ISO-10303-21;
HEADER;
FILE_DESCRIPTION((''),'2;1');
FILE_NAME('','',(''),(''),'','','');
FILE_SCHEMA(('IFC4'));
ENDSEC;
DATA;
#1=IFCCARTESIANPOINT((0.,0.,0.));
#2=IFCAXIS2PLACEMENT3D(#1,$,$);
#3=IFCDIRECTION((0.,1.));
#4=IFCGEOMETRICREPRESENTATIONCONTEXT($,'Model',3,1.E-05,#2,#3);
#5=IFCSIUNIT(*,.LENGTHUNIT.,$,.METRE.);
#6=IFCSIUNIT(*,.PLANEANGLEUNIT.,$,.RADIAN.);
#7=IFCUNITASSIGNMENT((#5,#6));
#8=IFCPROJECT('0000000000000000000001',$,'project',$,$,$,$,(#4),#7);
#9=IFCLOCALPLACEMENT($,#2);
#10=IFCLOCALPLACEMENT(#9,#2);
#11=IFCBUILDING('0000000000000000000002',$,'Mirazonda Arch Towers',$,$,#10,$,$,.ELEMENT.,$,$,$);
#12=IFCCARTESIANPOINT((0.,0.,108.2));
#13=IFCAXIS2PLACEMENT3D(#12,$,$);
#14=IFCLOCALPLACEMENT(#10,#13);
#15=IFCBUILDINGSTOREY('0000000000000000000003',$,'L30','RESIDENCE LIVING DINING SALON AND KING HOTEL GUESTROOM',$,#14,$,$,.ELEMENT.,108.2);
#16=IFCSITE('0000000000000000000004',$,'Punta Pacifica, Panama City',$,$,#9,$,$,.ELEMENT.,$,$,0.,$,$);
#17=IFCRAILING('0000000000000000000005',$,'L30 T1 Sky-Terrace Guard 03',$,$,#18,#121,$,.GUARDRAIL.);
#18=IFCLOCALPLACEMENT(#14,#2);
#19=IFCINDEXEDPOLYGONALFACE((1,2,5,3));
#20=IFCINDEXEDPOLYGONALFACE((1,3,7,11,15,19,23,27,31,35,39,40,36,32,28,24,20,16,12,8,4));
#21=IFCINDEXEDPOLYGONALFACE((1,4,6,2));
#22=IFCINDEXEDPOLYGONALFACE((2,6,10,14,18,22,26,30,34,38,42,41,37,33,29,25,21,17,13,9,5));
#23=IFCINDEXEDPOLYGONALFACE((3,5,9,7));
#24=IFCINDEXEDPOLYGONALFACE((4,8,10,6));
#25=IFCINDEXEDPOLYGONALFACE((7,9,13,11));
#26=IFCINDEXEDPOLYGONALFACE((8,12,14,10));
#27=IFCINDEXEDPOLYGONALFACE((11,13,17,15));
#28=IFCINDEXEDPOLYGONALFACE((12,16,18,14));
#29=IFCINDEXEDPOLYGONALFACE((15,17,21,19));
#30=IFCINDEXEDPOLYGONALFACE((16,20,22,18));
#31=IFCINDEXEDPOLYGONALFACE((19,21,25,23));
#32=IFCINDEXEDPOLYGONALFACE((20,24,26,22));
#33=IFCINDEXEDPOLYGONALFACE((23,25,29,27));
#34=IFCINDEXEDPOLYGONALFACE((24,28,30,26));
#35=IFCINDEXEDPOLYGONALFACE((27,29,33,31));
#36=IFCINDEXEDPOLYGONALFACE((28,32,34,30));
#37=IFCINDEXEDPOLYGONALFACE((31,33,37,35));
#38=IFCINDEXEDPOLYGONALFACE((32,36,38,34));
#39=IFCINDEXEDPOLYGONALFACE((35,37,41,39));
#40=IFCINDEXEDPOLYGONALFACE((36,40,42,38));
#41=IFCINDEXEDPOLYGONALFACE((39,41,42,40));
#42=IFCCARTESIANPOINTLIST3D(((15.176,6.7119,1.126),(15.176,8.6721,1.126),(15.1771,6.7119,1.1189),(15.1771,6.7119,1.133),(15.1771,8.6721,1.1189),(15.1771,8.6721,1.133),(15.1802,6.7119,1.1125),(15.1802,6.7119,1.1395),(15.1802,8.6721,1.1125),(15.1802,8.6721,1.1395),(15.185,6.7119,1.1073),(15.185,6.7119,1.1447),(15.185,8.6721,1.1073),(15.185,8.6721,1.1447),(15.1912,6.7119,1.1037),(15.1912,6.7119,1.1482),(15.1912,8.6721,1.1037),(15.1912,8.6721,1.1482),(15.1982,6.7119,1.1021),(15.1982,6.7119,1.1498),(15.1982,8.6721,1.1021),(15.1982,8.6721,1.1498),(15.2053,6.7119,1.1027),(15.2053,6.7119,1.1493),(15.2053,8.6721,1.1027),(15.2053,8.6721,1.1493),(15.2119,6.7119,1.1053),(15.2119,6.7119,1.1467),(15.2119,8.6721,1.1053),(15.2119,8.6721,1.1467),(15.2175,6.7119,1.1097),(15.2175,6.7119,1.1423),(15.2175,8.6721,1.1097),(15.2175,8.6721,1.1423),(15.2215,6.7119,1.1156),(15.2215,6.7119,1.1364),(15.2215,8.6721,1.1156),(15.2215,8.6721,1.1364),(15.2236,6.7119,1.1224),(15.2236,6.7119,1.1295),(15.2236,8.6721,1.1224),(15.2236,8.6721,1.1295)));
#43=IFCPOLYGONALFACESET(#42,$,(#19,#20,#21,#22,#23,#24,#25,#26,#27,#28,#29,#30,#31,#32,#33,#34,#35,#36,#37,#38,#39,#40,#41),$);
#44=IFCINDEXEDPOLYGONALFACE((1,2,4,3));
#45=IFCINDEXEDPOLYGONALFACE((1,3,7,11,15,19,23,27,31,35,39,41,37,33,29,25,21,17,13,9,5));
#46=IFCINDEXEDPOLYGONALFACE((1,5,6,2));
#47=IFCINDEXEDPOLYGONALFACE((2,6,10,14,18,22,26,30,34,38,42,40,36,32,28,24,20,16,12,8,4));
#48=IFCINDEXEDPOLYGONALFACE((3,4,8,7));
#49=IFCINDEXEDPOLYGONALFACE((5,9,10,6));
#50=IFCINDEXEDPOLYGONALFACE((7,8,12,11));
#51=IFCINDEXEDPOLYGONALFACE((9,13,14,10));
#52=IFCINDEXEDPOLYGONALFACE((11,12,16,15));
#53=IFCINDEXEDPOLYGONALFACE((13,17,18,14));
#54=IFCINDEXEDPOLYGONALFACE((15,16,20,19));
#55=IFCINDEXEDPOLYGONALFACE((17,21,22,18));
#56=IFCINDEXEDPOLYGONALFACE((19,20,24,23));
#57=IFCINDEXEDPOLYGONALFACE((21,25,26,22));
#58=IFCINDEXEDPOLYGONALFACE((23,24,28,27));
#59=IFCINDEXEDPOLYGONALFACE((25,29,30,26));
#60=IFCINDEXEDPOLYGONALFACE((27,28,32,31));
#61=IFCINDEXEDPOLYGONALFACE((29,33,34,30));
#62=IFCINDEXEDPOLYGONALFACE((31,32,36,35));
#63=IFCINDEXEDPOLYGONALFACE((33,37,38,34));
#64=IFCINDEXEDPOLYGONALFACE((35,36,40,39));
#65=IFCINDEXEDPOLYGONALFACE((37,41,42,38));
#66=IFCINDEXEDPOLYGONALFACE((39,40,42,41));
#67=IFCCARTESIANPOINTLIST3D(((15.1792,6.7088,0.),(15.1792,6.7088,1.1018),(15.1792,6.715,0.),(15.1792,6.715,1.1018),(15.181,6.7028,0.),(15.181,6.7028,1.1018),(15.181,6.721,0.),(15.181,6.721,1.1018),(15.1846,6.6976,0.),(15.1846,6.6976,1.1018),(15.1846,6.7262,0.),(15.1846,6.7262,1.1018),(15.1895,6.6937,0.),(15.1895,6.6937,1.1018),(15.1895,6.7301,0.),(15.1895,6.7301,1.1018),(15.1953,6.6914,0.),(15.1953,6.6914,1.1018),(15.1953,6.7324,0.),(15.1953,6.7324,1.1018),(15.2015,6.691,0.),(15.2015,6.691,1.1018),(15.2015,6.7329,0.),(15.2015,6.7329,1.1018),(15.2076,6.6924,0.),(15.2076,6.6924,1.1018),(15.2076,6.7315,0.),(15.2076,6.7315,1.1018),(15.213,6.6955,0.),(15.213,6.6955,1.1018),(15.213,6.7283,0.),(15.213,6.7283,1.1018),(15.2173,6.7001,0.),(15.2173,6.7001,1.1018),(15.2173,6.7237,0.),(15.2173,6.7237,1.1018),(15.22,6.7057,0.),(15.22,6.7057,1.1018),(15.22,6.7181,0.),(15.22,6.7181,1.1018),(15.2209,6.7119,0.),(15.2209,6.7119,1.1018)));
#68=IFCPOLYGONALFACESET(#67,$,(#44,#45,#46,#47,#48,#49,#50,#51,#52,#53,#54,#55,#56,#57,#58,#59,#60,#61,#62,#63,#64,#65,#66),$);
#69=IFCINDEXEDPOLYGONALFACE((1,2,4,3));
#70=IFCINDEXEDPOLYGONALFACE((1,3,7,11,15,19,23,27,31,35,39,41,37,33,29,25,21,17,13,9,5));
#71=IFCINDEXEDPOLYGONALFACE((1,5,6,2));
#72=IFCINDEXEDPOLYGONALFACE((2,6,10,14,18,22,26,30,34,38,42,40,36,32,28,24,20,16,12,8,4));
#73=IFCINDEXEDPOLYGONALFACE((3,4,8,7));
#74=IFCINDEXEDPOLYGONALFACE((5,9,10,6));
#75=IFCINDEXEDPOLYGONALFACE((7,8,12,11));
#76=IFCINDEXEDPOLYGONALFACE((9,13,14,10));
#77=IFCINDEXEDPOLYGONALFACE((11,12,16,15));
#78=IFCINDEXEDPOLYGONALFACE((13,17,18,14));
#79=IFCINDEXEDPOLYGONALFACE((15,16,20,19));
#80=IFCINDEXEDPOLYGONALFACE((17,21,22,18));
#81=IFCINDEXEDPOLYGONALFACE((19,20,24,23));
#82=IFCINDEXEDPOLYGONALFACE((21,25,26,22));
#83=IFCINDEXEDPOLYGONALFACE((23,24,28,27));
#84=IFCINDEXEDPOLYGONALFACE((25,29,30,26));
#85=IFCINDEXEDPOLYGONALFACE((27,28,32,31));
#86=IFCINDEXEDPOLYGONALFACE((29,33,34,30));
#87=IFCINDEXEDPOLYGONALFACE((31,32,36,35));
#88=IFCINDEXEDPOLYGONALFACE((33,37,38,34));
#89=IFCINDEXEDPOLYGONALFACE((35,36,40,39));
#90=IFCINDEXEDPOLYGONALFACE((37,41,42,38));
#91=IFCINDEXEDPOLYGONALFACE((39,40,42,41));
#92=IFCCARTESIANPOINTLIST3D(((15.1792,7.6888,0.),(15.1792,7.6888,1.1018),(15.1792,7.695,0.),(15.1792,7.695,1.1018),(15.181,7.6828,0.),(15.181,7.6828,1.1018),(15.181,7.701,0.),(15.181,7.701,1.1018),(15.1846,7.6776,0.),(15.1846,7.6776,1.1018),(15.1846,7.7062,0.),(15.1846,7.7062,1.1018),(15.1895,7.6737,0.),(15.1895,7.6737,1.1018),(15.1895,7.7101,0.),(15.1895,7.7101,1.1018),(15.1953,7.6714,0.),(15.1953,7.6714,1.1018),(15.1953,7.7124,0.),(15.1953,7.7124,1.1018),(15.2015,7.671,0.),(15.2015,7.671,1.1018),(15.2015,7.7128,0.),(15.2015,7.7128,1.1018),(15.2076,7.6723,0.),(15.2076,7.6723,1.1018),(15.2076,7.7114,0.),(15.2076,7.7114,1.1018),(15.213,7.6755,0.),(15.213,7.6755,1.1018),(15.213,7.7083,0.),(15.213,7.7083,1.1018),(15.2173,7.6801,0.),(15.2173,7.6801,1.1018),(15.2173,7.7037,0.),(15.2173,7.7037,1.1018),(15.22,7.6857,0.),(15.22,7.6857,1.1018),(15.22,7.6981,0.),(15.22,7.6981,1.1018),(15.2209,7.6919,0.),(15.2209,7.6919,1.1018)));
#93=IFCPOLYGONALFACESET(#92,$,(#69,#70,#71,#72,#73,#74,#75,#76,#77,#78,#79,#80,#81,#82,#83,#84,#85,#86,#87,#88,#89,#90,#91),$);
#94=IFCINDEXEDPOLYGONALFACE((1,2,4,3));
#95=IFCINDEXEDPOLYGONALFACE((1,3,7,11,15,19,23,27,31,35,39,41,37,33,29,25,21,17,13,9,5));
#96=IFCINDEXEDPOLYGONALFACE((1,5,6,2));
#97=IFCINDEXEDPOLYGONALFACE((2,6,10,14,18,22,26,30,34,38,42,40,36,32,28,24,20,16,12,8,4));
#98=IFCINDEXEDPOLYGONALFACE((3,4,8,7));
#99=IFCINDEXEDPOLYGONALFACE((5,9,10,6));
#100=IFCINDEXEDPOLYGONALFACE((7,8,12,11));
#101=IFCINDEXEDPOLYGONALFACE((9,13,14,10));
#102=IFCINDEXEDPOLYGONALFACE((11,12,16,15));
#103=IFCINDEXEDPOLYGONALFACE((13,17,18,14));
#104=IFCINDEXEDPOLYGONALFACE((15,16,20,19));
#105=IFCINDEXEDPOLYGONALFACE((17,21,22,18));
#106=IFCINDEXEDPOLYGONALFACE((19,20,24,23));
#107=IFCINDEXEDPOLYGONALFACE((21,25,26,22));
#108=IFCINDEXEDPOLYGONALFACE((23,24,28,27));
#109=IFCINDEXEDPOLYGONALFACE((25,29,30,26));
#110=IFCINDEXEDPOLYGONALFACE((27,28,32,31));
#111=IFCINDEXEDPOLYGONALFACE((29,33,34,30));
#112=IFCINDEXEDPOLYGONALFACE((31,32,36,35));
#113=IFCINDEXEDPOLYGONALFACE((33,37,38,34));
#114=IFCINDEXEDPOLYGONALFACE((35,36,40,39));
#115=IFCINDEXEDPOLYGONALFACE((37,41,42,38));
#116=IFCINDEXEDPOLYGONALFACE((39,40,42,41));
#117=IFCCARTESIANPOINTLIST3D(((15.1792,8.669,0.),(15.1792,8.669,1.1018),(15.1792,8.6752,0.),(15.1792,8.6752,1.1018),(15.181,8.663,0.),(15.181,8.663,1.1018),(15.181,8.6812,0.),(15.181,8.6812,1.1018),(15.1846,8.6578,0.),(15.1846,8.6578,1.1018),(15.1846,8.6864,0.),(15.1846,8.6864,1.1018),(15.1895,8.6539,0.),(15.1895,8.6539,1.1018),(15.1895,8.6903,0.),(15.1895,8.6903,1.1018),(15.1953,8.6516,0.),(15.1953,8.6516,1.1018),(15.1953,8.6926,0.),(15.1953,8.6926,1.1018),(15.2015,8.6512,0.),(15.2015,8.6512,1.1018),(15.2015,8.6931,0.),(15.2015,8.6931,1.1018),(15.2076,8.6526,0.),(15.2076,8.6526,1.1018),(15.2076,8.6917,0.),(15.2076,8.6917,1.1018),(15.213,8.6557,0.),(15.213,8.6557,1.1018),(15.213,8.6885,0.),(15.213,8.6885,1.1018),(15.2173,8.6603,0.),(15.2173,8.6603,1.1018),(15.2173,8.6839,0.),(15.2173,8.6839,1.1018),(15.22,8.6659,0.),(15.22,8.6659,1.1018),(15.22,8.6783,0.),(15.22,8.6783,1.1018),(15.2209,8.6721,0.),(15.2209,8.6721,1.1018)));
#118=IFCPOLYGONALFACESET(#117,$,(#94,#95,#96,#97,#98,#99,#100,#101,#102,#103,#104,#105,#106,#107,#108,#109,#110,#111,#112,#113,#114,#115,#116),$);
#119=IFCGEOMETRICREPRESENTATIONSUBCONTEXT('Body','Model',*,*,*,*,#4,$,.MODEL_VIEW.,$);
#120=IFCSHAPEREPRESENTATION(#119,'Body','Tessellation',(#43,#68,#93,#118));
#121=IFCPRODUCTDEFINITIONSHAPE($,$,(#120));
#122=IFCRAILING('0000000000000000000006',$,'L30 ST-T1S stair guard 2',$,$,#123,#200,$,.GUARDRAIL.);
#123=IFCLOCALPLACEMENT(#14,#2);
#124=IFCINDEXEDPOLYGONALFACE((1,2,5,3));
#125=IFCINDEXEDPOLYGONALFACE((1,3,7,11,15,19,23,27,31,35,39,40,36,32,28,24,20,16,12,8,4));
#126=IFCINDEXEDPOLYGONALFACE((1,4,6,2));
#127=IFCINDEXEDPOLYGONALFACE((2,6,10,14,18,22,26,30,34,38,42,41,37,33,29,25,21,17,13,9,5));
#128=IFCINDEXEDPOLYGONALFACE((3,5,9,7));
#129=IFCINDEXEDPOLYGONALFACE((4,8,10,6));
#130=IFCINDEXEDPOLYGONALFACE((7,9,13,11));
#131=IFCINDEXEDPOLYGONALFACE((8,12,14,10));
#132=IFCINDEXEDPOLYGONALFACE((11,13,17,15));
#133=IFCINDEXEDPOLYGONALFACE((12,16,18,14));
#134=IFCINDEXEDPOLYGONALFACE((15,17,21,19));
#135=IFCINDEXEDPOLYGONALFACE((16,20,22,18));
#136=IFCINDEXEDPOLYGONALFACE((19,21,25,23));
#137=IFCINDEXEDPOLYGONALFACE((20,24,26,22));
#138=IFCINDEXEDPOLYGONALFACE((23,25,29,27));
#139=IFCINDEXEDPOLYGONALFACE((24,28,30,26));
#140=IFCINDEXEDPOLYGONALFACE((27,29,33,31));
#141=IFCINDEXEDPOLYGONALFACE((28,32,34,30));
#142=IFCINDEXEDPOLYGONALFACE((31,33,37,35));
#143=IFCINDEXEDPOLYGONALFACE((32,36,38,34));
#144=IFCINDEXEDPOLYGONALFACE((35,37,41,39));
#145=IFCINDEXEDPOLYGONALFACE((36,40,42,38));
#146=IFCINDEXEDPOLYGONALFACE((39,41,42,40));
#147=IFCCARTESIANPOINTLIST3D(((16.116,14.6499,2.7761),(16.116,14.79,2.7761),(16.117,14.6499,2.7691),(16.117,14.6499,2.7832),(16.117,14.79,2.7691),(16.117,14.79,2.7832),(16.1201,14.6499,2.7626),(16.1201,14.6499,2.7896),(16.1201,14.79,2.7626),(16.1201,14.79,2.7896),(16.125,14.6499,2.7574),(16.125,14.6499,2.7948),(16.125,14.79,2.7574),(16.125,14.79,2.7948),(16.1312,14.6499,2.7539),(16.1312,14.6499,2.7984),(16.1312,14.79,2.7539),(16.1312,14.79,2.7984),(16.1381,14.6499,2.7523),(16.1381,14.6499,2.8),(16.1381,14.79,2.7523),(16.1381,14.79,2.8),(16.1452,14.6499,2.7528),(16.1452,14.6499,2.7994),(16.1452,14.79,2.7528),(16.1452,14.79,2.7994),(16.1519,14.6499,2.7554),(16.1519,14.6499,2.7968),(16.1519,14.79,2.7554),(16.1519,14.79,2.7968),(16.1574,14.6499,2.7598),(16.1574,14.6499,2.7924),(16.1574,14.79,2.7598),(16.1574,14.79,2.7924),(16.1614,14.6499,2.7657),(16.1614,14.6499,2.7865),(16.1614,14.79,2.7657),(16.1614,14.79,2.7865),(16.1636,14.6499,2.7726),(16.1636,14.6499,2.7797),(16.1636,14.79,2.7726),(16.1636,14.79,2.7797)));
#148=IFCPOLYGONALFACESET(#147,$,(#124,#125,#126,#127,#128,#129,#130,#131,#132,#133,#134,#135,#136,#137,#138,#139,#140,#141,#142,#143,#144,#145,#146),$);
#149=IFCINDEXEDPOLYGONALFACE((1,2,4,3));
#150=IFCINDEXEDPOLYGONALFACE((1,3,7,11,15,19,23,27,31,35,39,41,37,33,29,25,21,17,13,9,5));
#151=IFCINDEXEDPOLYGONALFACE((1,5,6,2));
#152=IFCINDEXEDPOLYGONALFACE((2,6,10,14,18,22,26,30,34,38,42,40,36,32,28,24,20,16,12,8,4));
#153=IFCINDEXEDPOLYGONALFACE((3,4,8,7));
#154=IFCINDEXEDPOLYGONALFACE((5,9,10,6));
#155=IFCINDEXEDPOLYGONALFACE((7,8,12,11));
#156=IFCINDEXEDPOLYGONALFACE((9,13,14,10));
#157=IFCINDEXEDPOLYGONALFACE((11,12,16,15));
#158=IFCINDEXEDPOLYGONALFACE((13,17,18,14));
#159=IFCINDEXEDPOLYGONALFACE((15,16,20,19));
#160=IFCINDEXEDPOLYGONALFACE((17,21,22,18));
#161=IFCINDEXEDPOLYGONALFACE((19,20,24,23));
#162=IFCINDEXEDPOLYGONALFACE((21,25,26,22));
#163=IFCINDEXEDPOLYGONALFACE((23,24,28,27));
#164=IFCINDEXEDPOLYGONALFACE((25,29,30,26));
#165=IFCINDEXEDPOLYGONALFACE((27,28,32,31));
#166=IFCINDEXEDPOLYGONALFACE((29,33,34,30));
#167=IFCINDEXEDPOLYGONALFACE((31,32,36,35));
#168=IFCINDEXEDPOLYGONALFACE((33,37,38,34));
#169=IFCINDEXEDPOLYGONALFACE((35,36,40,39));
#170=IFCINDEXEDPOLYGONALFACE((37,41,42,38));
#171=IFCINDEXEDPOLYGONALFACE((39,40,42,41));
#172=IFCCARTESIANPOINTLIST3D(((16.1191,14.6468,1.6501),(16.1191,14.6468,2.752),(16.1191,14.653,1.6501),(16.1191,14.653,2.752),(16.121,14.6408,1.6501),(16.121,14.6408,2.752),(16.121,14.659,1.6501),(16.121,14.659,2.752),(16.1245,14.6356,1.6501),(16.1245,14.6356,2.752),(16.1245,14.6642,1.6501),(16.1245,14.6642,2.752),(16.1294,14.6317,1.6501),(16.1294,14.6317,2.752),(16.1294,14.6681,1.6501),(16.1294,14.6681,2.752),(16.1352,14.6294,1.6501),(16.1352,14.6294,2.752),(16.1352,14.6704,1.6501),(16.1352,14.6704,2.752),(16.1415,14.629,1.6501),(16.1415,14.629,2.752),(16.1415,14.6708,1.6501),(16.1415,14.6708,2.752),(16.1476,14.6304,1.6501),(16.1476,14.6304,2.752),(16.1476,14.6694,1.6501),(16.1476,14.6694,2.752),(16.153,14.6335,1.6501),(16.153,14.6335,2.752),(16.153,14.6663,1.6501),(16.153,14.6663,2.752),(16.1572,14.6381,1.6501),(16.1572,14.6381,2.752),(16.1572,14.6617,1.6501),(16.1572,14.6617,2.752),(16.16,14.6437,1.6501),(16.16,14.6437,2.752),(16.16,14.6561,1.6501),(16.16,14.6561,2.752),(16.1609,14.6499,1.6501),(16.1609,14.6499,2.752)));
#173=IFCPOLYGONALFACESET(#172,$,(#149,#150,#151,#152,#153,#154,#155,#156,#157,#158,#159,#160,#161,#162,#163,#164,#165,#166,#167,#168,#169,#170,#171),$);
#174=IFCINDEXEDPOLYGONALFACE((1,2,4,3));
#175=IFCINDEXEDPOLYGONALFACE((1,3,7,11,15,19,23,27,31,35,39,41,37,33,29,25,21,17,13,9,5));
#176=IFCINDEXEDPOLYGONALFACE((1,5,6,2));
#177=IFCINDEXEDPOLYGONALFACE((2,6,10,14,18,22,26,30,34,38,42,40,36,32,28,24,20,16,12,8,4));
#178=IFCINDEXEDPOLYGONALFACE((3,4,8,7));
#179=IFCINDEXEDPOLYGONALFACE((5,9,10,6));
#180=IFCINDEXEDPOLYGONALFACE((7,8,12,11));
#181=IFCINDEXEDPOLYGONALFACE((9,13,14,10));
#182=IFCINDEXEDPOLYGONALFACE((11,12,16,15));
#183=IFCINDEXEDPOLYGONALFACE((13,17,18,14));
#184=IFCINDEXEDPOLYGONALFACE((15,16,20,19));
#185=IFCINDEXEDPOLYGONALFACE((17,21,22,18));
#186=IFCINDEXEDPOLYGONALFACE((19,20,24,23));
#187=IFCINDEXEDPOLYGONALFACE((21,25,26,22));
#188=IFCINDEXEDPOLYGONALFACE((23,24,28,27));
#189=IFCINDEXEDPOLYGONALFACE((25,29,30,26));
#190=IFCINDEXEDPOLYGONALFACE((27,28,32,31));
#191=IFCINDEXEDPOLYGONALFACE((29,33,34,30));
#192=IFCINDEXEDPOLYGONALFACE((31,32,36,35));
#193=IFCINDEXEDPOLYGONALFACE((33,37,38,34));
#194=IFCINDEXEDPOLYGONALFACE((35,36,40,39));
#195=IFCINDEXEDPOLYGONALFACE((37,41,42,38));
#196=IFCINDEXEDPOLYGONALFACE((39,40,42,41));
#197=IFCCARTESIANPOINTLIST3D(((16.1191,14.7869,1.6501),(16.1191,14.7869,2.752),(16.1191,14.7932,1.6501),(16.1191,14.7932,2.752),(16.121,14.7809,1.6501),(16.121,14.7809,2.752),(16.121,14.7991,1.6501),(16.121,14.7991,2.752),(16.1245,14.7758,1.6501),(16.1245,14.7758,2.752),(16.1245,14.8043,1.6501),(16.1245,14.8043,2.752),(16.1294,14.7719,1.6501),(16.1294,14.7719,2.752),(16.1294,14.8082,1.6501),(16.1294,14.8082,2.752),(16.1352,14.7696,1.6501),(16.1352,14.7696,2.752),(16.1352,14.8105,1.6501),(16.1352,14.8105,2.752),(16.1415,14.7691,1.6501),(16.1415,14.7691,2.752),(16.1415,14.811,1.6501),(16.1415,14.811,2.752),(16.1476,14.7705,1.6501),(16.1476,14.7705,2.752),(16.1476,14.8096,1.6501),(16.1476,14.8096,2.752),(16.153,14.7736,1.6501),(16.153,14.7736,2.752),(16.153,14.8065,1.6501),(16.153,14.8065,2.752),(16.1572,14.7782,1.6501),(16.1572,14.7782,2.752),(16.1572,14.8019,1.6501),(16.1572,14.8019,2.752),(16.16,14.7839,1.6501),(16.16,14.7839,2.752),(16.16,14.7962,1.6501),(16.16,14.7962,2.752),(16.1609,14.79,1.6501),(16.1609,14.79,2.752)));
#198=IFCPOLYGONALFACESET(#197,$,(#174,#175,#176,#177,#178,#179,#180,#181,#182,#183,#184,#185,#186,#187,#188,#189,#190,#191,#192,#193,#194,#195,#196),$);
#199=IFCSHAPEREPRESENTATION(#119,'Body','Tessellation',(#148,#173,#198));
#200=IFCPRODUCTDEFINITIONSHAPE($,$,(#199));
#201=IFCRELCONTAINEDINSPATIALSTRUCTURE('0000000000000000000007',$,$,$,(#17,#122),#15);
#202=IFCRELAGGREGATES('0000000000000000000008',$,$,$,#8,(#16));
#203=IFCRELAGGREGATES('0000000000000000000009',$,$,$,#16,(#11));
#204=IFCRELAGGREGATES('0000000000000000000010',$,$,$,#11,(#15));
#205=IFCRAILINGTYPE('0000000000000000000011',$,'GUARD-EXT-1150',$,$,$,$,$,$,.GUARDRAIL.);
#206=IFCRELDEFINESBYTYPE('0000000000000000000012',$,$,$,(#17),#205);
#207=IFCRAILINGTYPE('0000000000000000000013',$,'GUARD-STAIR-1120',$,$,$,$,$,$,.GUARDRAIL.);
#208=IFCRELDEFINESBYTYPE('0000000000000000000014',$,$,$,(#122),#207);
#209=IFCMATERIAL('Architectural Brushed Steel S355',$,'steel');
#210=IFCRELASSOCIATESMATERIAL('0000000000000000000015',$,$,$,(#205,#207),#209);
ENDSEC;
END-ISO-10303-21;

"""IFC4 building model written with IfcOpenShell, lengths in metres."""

from ifc_helpers import new_model, si_unit, direction, frame, origin, origin_2d, place, context, subcontext, project, spatial, circle, extrude, material, type_object, element, save


model = new_model("IFC4")

# Units and contexts
model_context = context("Model", 3, precision=1e-05, world=origin(), true_north=direction((0.0, 1.0)))
body_context = subcontext(model_context, "Body", "Model", "MODEL_VIEW")
ifc_project = project(units=[si_unit("LENGTHUNIT", "METRE"), si_unit("PLANEANGLEUNIT", "RADIAN")], contexts=[model_context])

# Site, building, storey
site_placement = place(None, origin())
site = spatial("IfcSite", under=ifc_project, at=site_placement, Name="Punta Pacifica, Panama City", CompositionType="ELEMENT", RefElevation=0.0)
building_placement = place(site_placement, origin())
building = spatial("IfcBuilding", under=site, at=building_placement, Name="Mirazonda Arch Towers", CompositionType="ELEMENT")
storey_placement = place(building_placement, frame((0.0, 0.0, 108.2)))
storey = spatial("IfcBuildingStorey", under=building, at=storey_placement, Name="L30", Description="RESIDENCE LIVING DINING SALON AND KING HOTEL GUESTROOM", CompositionType="ELEMENT", Elevation=108.2)

# Shared definitions
ifc_material_1 = material(Name="Architectural Brushed Steel S355", Category="steel")

# Railings
railing_type_1 = type_object("IfcRailingType", Name="GUARD-EXT-1150", PredefinedType="GUARDRAIL", material=ifc_material_1)
railing_1_placement = place(storey_placement, frame((15.2, 6.7119, 0.0)))
element("IfcRailing", 1, at=railing_1_placement, inside=storey, type_object=railing_type_1, Name="L30 T1 Sky-Terrace Guard 03", PredefinedType="GUARDRAIL", context=body_context, shape_type="SweptSolid", body=[
    extrude(circle(Radius=0.0239, at=origin_2d()), frame((0.0, 0.0, 1.126), z_axis=(0.0, 1.0, 0.0), x_axis=(-1.0, 0.0, 0.0)), (0.0, 0.0, 1.0), 1.9602),
    extrude(circle(Radius=0.021, at=origin_2d()), origin(), (0.0, 0.0, 1.0), 1.1018),
    extrude(circle(Radius=0.021, at=origin_2d()), frame((0.0, 0.98, 0.0)), (0.0, 0.0, 1.0), 1.1018),
    extrude(circle(Radius=0.021, at=origin_2d()), frame((0.0, 1.9602, 0.0)), (0.0, 0.0, 1.0), 1.1018),
])
railing_type_2 = type_object("IfcRailingType", Name="GUARD-STAIR-1120", PredefinedType="GUARDRAIL", material=ifc_material_1)
railing_2_placement = place(storey_placement, frame((16.1399, 14.6499, 1.6501)))
element("IfcRailing", 2, at=railing_2_placement, inside=storey, type_object=railing_type_2, Name="L30 ST-T1S stair guard 2", PredefinedType="GUARDRAIL", context=body_context, shape_type="SweptSolid", body=[
    extrude(circle(Radius=0.0239, at=origin_2d()), frame((0.0, 0.0, 1.126), z_axis=(0.0, 1.0, 0.0), x_axis=(-1.0, 0.0, 0.0)), (0.0, 0.0, 1.0), 0.1401),
    extrude(circle(Radius=0.021, at=origin_2d()), origin(), (0.0, 0.0, 1.0), 1.1018),
    extrude(circle(Radius=0.021, at=origin_2d()), frame((0.0, 0.1401, 0.0)), (0.0, 0.0, 1.0), 1.1018),
])

save(model, "model.ifc")
